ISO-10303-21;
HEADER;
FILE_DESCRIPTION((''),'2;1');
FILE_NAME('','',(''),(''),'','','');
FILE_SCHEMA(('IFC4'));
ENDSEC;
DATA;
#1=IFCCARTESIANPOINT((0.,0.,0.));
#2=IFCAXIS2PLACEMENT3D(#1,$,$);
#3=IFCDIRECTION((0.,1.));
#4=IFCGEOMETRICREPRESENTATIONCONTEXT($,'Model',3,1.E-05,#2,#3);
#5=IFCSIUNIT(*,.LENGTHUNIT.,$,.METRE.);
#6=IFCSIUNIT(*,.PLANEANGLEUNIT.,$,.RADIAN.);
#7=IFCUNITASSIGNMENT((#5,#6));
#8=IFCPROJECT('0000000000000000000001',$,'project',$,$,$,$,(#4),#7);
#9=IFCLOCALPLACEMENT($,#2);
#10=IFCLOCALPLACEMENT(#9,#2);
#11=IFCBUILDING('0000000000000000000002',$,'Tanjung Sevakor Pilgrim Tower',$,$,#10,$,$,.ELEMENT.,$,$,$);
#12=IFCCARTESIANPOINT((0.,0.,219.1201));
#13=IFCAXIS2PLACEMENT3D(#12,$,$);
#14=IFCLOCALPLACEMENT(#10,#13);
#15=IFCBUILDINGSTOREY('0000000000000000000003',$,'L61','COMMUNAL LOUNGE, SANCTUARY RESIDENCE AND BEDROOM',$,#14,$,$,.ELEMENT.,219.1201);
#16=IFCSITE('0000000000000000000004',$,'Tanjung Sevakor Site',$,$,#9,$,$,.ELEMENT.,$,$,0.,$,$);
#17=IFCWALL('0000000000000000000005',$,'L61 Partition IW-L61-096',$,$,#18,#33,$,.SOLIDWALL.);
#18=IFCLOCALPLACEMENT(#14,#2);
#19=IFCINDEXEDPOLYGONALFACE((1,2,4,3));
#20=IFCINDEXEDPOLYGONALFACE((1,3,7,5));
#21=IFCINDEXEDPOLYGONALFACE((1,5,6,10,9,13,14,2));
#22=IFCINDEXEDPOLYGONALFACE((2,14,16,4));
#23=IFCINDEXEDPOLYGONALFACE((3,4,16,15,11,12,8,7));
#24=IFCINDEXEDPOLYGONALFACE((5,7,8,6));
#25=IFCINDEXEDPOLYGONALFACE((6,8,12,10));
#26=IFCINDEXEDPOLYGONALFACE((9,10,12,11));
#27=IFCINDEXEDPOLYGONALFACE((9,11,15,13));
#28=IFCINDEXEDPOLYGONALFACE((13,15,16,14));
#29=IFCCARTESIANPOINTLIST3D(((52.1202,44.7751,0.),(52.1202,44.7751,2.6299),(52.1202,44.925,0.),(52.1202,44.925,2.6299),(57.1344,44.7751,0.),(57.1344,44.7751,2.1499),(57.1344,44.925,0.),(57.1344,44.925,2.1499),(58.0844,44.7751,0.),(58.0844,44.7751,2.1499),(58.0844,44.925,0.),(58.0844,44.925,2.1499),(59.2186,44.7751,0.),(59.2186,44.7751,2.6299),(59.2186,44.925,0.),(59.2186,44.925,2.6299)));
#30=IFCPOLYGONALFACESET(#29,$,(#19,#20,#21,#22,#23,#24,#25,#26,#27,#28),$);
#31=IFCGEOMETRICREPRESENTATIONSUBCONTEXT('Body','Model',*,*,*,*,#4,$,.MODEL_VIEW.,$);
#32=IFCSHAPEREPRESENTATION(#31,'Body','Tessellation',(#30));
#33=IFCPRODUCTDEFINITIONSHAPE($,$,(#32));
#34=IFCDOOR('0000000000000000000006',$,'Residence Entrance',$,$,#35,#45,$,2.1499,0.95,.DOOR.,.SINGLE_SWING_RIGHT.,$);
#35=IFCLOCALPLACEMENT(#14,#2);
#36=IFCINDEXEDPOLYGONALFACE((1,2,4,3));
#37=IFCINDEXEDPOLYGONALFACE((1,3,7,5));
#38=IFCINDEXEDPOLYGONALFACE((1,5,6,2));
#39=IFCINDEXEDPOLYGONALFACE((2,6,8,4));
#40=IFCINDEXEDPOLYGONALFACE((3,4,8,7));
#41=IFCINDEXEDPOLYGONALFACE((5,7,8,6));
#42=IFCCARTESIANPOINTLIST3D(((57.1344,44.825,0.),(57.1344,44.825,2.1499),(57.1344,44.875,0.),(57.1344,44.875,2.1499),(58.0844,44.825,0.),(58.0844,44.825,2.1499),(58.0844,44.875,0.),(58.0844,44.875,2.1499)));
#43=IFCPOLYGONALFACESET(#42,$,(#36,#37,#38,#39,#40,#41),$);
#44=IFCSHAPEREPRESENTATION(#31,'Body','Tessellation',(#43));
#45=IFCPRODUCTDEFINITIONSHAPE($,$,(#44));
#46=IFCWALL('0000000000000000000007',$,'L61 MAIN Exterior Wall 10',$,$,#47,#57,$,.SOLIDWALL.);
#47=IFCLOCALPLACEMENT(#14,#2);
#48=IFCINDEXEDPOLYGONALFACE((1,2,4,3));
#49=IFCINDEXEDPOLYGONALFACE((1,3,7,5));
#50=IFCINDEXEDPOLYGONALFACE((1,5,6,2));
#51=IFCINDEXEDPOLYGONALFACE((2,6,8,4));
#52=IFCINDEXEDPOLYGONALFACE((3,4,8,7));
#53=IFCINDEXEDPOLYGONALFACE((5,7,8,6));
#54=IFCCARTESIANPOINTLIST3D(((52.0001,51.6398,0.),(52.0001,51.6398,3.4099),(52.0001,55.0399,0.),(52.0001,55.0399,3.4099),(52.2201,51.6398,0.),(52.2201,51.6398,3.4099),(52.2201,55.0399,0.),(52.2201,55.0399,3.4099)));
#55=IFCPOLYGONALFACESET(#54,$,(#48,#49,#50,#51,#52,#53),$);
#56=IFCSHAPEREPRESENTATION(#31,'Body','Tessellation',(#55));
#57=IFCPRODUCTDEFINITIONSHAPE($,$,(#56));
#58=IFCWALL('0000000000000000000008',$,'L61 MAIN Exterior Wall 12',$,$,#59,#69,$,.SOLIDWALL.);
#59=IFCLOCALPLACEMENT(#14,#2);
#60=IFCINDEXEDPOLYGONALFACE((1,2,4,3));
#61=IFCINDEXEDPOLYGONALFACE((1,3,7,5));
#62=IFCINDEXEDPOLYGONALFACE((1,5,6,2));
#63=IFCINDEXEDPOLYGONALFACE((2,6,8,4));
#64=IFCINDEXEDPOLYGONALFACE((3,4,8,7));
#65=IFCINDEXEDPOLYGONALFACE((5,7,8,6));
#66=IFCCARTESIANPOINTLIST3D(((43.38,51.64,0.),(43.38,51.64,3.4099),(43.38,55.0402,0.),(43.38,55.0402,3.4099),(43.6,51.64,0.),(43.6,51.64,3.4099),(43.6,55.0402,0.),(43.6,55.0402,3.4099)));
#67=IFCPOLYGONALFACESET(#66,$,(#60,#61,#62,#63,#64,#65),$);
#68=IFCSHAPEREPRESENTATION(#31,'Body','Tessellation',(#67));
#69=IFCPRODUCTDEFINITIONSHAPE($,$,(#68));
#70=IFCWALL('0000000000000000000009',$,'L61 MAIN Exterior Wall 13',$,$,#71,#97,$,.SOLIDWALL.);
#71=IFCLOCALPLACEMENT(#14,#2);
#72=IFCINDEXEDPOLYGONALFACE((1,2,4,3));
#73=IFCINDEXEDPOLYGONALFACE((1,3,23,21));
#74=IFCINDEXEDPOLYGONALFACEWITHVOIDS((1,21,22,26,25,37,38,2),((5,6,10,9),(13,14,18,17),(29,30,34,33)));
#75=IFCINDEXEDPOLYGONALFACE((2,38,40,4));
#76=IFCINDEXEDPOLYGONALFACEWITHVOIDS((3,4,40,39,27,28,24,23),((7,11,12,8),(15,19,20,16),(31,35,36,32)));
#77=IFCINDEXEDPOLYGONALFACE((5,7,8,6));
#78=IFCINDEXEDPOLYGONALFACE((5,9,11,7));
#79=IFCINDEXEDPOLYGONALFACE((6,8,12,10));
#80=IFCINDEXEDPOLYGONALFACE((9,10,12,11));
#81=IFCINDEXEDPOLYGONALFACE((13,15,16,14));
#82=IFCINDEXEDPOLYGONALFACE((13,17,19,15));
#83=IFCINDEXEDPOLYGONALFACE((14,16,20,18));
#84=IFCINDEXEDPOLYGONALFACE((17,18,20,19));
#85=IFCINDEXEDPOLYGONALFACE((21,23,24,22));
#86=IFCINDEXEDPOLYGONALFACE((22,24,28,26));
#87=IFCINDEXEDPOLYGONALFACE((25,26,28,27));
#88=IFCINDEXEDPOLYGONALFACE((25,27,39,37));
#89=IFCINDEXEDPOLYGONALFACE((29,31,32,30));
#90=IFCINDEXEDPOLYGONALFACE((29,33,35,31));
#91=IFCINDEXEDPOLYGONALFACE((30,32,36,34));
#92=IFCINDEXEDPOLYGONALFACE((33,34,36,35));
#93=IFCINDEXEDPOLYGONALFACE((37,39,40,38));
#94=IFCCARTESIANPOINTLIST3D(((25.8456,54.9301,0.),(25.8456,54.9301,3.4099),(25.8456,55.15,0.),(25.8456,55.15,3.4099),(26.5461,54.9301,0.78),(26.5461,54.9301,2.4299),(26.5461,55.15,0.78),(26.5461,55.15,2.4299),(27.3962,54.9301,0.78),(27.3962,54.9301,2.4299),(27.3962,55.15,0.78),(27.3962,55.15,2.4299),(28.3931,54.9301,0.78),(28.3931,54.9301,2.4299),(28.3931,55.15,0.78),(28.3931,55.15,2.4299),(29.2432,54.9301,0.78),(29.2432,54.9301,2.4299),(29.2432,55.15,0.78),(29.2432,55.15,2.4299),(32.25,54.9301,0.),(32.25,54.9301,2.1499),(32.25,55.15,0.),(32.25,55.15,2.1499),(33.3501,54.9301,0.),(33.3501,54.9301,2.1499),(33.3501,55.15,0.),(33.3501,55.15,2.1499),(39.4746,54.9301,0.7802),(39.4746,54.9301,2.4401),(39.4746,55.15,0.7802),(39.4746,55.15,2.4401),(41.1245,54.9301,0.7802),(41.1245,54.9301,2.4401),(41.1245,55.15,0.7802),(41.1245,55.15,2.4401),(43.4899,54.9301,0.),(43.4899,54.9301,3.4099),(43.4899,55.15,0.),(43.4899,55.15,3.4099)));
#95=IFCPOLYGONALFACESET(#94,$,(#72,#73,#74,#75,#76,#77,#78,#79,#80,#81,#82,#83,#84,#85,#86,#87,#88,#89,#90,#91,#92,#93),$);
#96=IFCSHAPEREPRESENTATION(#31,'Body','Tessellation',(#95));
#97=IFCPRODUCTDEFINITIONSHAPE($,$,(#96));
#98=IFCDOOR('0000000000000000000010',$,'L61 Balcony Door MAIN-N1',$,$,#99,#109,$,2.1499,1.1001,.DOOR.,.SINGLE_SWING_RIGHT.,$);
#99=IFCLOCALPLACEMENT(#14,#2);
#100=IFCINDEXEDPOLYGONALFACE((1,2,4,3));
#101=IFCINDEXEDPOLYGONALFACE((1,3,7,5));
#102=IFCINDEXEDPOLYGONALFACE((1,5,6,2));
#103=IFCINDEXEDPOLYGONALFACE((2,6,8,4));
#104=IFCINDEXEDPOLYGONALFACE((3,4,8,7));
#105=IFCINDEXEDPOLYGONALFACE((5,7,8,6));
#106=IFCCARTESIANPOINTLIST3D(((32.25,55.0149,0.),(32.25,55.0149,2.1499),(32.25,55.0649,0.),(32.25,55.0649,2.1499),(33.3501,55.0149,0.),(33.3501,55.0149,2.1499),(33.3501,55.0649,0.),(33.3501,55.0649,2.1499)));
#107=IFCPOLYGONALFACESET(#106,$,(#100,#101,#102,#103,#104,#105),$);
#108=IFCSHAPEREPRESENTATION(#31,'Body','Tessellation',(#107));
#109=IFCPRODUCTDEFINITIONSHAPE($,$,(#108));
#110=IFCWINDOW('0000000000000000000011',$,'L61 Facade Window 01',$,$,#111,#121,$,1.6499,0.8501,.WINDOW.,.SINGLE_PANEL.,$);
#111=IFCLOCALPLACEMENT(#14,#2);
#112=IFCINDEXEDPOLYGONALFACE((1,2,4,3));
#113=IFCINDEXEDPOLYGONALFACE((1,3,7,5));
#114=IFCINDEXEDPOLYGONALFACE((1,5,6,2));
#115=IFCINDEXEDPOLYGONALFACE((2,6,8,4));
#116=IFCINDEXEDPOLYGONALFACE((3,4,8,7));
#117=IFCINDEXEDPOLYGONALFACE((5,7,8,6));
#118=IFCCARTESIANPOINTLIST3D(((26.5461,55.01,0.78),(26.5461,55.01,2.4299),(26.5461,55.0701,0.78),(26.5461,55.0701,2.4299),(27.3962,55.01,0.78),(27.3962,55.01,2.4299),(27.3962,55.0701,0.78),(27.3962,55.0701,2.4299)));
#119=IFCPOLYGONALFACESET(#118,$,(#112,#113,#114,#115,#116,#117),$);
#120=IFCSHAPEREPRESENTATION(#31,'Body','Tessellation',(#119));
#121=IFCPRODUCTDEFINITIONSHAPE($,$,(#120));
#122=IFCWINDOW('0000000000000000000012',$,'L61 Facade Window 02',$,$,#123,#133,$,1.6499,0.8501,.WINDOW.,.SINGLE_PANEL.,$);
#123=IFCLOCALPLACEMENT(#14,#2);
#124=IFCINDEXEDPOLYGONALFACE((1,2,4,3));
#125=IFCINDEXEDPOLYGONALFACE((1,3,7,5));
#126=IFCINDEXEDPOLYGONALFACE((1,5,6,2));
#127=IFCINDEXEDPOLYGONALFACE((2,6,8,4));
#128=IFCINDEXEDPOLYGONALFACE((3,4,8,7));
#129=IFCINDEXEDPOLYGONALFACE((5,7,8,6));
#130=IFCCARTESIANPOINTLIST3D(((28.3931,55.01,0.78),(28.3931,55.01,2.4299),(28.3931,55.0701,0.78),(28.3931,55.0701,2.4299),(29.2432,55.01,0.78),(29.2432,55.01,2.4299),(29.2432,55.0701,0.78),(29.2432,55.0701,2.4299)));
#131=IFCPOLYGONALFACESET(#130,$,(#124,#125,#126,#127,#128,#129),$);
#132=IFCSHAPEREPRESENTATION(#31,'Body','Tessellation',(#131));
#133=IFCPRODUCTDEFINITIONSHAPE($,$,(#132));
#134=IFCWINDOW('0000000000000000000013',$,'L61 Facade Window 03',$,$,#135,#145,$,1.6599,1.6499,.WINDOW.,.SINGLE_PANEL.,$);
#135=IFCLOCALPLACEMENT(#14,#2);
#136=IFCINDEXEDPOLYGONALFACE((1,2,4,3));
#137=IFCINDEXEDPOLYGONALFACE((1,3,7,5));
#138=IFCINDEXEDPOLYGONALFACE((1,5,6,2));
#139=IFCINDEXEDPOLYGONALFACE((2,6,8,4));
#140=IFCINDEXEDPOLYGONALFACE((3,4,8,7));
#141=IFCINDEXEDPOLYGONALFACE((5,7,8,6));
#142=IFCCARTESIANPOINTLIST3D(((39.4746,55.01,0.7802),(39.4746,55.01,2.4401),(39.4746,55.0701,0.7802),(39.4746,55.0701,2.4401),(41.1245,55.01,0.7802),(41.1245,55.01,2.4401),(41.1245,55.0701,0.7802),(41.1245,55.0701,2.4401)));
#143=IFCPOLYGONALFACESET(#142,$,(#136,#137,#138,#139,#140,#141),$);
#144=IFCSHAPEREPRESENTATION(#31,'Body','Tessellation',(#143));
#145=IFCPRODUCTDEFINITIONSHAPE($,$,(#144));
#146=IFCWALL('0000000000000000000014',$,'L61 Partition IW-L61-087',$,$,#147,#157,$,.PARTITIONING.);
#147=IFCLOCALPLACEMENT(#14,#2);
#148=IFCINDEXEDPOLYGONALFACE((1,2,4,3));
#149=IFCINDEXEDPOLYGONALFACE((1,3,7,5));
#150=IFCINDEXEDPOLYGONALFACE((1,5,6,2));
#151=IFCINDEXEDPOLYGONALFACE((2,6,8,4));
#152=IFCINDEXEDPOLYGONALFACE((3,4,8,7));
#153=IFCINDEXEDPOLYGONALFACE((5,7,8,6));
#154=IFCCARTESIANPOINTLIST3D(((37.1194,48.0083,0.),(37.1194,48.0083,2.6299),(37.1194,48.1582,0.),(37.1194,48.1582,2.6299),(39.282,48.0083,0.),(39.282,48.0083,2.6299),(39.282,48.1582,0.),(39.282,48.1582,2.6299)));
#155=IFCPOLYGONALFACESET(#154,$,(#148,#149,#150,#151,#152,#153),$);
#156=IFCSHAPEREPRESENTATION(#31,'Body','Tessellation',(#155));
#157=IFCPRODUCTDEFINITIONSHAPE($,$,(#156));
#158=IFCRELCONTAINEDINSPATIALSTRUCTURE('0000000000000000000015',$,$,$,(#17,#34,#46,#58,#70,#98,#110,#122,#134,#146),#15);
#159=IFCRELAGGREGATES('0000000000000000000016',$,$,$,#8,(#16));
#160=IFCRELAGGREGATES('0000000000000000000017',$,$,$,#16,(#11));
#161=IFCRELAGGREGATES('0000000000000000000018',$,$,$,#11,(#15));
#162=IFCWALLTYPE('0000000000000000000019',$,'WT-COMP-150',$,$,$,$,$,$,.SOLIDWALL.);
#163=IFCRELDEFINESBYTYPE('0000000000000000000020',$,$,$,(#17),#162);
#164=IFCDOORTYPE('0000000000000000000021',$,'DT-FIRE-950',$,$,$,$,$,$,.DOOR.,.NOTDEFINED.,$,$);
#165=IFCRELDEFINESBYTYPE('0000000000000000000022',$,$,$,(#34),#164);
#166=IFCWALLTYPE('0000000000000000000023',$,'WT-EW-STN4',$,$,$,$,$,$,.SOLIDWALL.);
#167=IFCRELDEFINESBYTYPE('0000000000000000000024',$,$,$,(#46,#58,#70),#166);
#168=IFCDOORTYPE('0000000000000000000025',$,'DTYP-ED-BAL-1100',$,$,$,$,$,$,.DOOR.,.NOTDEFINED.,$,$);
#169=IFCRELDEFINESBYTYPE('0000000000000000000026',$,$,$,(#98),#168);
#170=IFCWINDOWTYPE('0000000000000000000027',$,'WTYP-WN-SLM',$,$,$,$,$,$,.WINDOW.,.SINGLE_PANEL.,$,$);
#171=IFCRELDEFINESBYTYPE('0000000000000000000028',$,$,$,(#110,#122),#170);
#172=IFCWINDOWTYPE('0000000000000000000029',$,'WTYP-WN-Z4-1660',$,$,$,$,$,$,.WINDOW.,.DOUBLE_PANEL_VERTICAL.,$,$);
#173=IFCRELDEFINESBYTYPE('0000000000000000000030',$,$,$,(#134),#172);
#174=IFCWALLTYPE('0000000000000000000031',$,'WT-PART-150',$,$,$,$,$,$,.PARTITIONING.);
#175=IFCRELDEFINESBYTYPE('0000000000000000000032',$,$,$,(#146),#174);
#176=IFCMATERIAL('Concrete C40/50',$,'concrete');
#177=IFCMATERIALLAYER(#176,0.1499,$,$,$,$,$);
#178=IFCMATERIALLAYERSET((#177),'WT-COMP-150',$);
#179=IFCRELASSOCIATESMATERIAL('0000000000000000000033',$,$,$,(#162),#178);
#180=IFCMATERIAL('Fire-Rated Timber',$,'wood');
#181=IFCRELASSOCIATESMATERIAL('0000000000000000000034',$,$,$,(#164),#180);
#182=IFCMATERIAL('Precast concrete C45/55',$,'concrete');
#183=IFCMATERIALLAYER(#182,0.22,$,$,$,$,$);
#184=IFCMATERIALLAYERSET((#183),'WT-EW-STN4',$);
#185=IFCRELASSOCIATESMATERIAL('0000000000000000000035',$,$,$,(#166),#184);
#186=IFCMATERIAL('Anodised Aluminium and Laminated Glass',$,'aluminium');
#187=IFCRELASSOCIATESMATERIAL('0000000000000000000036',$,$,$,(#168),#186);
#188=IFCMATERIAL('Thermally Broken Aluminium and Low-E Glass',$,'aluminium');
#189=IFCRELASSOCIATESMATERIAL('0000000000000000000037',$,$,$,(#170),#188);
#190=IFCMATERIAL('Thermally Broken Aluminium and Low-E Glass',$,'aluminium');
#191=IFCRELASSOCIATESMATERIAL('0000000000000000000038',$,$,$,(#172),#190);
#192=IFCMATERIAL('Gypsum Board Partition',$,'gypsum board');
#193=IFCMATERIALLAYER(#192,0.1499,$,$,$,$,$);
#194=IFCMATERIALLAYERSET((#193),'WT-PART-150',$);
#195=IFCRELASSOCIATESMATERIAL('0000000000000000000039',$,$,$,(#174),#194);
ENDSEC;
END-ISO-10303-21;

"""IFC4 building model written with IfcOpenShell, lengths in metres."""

from ifc_helpers import new_model, si_unit, direction, frame, frame_2d, origin, place, context, subcontext, project, spatial, rectangle, extrude, material, layer, layer_set, type_object, element, fill, save


model = new_model("IFC4")

# Units and contexts
model_context = context("Model", 3, precision=1e-05, world=origin(), true_north=direction((0.0, 1.0)))
body_context = subcontext(model_context, "Body", "Model", "MODEL_VIEW")
ifc_project = project(units=[si_unit("LENGTHUNIT", "METRE"), si_unit("PLANEANGLEUNIT", "RADIAN")], contexts=[model_context])

# Site, building, storey
site_placement = place(None, origin())
site = spatial("IfcSite", under=ifc_project, at=site_placement, Name="Tanjung Sevakor Site", CompositionType="ELEMENT", RefElevation=0.0)
building_placement = place(site_placement, origin())
building = spatial("IfcBuilding", under=site, at=building_placement, Name="Tanjung Sevakor Pilgrim Tower", CompositionType="ELEMENT")
storey_placement = place(building_placement, frame((0.0, 0.0, 219.1201)))
storey = spatial("IfcBuildingStorey", under=building, at=storey_placement, Name="L61", Description="COMMUNAL LOUNGE, SANCTUARY RESIDENCE AND BEDROOM", CompositionType="ELEMENT", Elevation=219.1201)

# Shared definitions
ifc_material_1 = material(Name="Concrete C40/50", Category="concrete")
ifc_layer_1 = layer(ifc_material_1, 0.1499)
ifc_layer_set_1 = layer_set([ifc_layer_1], Name="WT-COMP-150")
wall_type_1 = type_object("IfcWallType", Name="WT-COMP-150", PredefinedType="SOLIDWALL", material=ifc_layer_set_1)

# Wall, opening, door
wall_1_placement = place(storey_placement, frame((52.1201, 44.8501, 0.0), z_axis=(0.0, 0.0, 1.0), x_axis=(1.0, 0.0, 0.0)))
wall_1 = element("IfcWall", 1, at=wall_1_placement, inside=storey, type_object=wall_type_1, Name="L61 Partition IW-L61-096", PredefinedType="SOLIDWALL", context=body_context, shape_type="SweptSolid", body=[
    extrude(rectangle(XDim=7.0984, YDim=0.1499, at=frame_2d((3.5493, 0.0))), origin(), (0.0, 0.0, 1.0), 2.6299),
])
opening_1_placement = place(wall_1_placement, frame((5.0142, 0.0, 0.0)))
opening_1 = element("IfcOpeningElement", 2, at=opening_1_placement, cuts=wall_1, PredefinedType="OPENING", context=body_context, shape_type="SweptSolid", body=[
    extrude(rectangle(XDim=0.95, YDim=2.1499, at=frame_2d((0.4751, 1.075))), frame((0.0, 0.085, 0.0), z_axis=(0.0, -1.0, 0.0), x_axis=(1.0, 0.0, 0.0)), (0.0, 0.0, 1.0), 0.1699),
])
ifc_material_2 = material(Name="Fire-Rated Timber", Category="wood")
door_type_1 = type_object("IfcDoorType", Name="DT-FIRE-950", OperationType="NOTDEFINED", PredefinedType="DOOR", material=ifc_material_2)
door_1_placement = place(opening_1_placement, origin())
door_1 = element("IfcDoor", 3, at=door_1_placement, inside=storey, type_object=door_type_1, Name="Residence Entrance", OperationType="SINGLE_SWING_RIGHT", OverallHeight=2.1499, OverallWidth=0.95, PredefinedType="DOOR", context=body_context, shape_type="SweptSolid", body=[
    extrude(rectangle(XDim=0.95, YDim=2.1499, at=frame_2d((0.4751, 1.075))), frame((0.0, 0.0249, 0.0), z_axis=(0.0, -1.0, 0.0), x_axis=(1.0, 0.0, 0.0)), (0.0, 0.0, 1.0), 0.05),
])
fill(opening_1, door_1)

# Walls
ifc_material_3 = material(Name="Precast concrete C45/55", Category="concrete")
ifc_layer_2 = layer(ifc_material_3, 0.22)
ifc_layer_set_2 = layer_set([ifc_layer_2], Name="WT-EW-STN4")
wall_type_2 = type_object("IfcWallType", Name="WT-EW-STN4", PredefinedType="SOLIDWALL", material=ifc_layer_set_2)
for number, where, z_axis, x_axis, name in (
    (4, (52.1101, 55.04, 0.0), (0.0, 0.0, 1.0), (0.0, -1.0, 0.0), "L61 MAIN Exterior Wall 10"),
    (5, (43.49, 51.6399, 0.0), (0.0, 0.0, 1.0), (0.0, 1.0, 0.0), "L61 MAIN Exterior Wall 12"),
):
    element("IfcWall", number, at=place(storey_placement, frame(where, z_axis=z_axis, x_axis=x_axis)), inside=storey, type_object=wall_type_2, Name=name, PredefinedType="SOLIDWALL", context=body_context, shape_type="SweptSolid", body=[
        extrude(rectangle(XDim=3.4001, YDim=0.22, at=frame_2d((1.7002, 0.0))), origin(), (0.0, 0.0, 1.0), 3.4099),
    ])

# Wall, openings, door, windows
wall_2_placement = place(storey_placement, frame((43.49, 55.04, 0.0), z_axis=(0.0, 0.0, 1.0), x_axis=(-1.0, 0.0, 0.0)))
wall_2 = element("IfcWall", 6, at=wall_2_placement, inside=storey, type_object=wall_type_2, Name="L61 MAIN Exterior Wall 13", PredefinedType="SOLIDWALL", context=body_context, shape_type="SweptSolid", body=[
    extrude(rectangle(XDim=17.6443, YDim=0.22, at=frame_2d((8.8223, 0.0))), origin(), (0.0, 0.0, 1.0), 3.4099),
])
opening_2_placement = place(wall_2_placement, frame((10.1399, 0.0, 0.0)))
opening_2 = element("IfcOpeningElement", 7, at=opening_2_placement, cuts=wall_2, PredefinedType="OPENING", context=body_context, shape_type="SweptSolid", body=[
    extrude(rectangle(XDim=1.1001, YDim=2.1499, at=frame_2d((0.55, 1.075))), frame((0.0, 0.1199, 0.0), z_axis=(0.0, -1.0, 0.0), x_axis=(1.0, 0.0, 0.0)), (0.0, 0.0, 1.0), 0.24),
])
opening_3_placement = place(wall_2_placement, frame((16.0938, 0.0, 0.78)))
opening_3 = element("IfcOpeningElement", 8, at=opening_3_placement, cuts=wall_2, PredefinedType="OPENING", context=body_context, shape_type="SweptSolid", body=[
    extrude(rectangle(XDim=0.8501, YDim=1.6499, at=frame_2d((0.425, 0.825))), frame((0.0, 0.1199, 0.0), z_axis=(0.0, -1.0, 0.0), x_axis=(1.0, 0.0, 0.0)), (0.0, 0.0, 1.0), 0.24),
])
opening_4_placement = place(wall_2_placement, frame((14.2468, 0.0, 0.78)))
opening_4 = element("IfcOpeningElement", 9, at=opening_4_placement, cuts=wall_2, PredefinedType="OPENING", context=body_context, shape_type="SweptSolid", body=[
    extrude(rectangle(XDim=0.8501, YDim=1.6499, at=frame_2d((0.425, 0.825))), frame((0.0, 0.1199, 0.0), z_axis=(0.0, -1.0, 0.0), x_axis=(1.0, 0.0, 0.0)), (0.0, 0.0, 1.0), 0.24),
])
opening_5_placement = place(wall_2_placement, frame((2.3655, 0.0, 0.78)))
opening_5 = element("IfcOpeningElement", 10, at=opening_5_placement, cuts=wall_2, PredefinedType="OPENING", context=body_context, shape_type="SweptSolid", body=[
    extrude(rectangle(XDim=1.6499, YDim=1.6599, at=frame_2d((0.825, 0.8301))), frame((0.0, 0.1199, 0.0), z_axis=(0.0, -1.0, 0.0), x_axis=(1.0, 0.0, 0.0)), (0.0, 0.0, 1.0), 0.24),
])
ifc_material_4 = material(Name="Anodised Aluminium and Laminated Glass", Category="aluminium")
door_type_2 = type_object("IfcDoorType", Name="DTYP-ED-BAL-1100", OperationType="NOTDEFINED", PredefinedType="DOOR", material=ifc_material_4)
door_2_placement = place(opening_2_placement, frame((1.1001, 0.0, 0.0), z_axis=(0.0, 0.0, 1.0), x_axis=(-1.0, 0.0, 0.0)))
door_2 = element("IfcDoor", 11, at=door_2_placement, inside=storey, type_object=door_type_2, Name="L61 Balcony Door MAIN-N1", OperationType="SINGLE_SWING_RIGHT", OverallHeight=2.1499, OverallWidth=1.1001, PredefinedType="DOOR", context=body_context, shape_type="SweptSolid", body=[
    extrude(rectangle(XDim=1.1001, YDim=2.1499, at=frame_2d((0.55, 1.075))), frame((0.0, 0.0249, 0.0), z_axis=(0.0, -1.0, 0.0), x_axis=(1.0, 0.0, 0.0)), (0.0, 0.0, 1.0), 0.05),
])
fill(opening_2, door_2)
ifc_material_5 = material(Name="Thermally Broken Aluminium and Low-E Glass", Category="aluminium")
window_type_1 = type_object("IfcWindowType", Name="WTYP-WN-SLM", PartitioningType="SINGLE_PANEL", PredefinedType="WINDOW", material=ifc_material_5)
window_1_placement = place(opening_3_placement, origin())
window_1 = element("IfcWindow", 12, at=window_1_placement, inside=storey, type_object=window_type_1, Name="L61 Facade Window 01", OverallHeight=1.6499, OverallWidth=0.8501, PartitioningType="SINGLE_PANEL", PredefinedType="WINDOW", context=body_context, shape_type="SweptSolid", body=[
    extrude(rectangle(XDim=0.8501, YDim=1.6499, at=frame_2d((0.425, 0.825))), frame((0.0, 0.03, 0.0), z_axis=(0.0, -1.0, 0.0), x_axis=(1.0, 0.0, 0.0)), (0.0, 0.0, 1.0), 0.0601),
])
fill(opening_3, window_1)
window_2_placement = place(opening_4_placement, origin())
window_2 = element("IfcWindow", 13, at=window_2_placement, inside=storey, type_object=window_type_1, Name="L61 Facade Window 02", OverallHeight=1.6499, OverallWidth=0.8501, PartitioningType="SINGLE_PANEL", PredefinedType="WINDOW", context=body_context, shape_type="SweptSolid", body=[
    extrude(rectangle(XDim=0.8501, YDim=1.6499, at=frame_2d((0.425, 0.825))), frame((0.0, 0.03, 0.0), z_axis=(0.0, -1.0, 0.0), x_axis=(1.0, 0.0, 0.0)), (0.0, 0.0, 1.0), 0.0601),
])
fill(opening_4, window_2)
ifc_material_6 = material(Name="Thermally Broken Aluminium and Low-E Glass", Category="aluminium")
window_type_2 = type_object("IfcWindowType", Name="WTYP-WN-Z4-1660", PartitioningType="DOUBLE_PANEL_VERTICAL", PredefinedType="WINDOW", material=ifc_material_6)
window_3_placement = place(opening_5_placement, origin())
window_3 = element("IfcWindow", 14, at=window_3_placement, inside=storey, type_object=window_type_2, Name="L61 Facade Window 03", OverallHeight=1.6599, OverallWidth=1.6499, PartitioningType="SINGLE_PANEL", PredefinedType="WINDOW", context=body_context, shape_type="SweptSolid", body=[
    extrude(rectangle(XDim=1.6499, YDim=1.6599, at=frame_2d((0.825, 0.8301))), frame((0.0, 0.03, 0.0), z_axis=(0.0, -1.0, 0.0), x_axis=(1.0, 0.0, 0.0)), (0.0, 0.0, 1.0), 0.0601),
])
fill(opening_5, window_3)

# Wall
ifc_material_7 = material(Name="Gypsum Board Partition", Category="gypsum board")
ifc_layer_3 = layer(ifc_material_7, 0.1499)
ifc_layer_set_3 = layer_set([ifc_layer_3], Name="WT-PART-150")
wall_type_3 = type_object("IfcWallType", Name="WT-PART-150", PredefinedType="PARTITIONING", material=ifc_layer_set_3)
wall_3_placement = place(storey_placement, frame((37.1194, 48.0833, 0.0), z_axis=(0.0, 0.0, 1.0), x_axis=(1.0, 0.0, 0.0)))
element("IfcWall", 15, at=wall_3_placement, inside=storey, type_object=wall_type_3, Name="L61 Partition IW-L61-087", PredefinedType="PARTITIONING", context=body_context, shape_type="SweptSolid", body=[
    extrude(rectangle(XDim=2.1626, YDim=0.1499, at=frame_2d((1.0813, 0.0))), origin(), (0.0, 0.0, 1.0), 2.6299),
])

save(model, "model.ifc")
